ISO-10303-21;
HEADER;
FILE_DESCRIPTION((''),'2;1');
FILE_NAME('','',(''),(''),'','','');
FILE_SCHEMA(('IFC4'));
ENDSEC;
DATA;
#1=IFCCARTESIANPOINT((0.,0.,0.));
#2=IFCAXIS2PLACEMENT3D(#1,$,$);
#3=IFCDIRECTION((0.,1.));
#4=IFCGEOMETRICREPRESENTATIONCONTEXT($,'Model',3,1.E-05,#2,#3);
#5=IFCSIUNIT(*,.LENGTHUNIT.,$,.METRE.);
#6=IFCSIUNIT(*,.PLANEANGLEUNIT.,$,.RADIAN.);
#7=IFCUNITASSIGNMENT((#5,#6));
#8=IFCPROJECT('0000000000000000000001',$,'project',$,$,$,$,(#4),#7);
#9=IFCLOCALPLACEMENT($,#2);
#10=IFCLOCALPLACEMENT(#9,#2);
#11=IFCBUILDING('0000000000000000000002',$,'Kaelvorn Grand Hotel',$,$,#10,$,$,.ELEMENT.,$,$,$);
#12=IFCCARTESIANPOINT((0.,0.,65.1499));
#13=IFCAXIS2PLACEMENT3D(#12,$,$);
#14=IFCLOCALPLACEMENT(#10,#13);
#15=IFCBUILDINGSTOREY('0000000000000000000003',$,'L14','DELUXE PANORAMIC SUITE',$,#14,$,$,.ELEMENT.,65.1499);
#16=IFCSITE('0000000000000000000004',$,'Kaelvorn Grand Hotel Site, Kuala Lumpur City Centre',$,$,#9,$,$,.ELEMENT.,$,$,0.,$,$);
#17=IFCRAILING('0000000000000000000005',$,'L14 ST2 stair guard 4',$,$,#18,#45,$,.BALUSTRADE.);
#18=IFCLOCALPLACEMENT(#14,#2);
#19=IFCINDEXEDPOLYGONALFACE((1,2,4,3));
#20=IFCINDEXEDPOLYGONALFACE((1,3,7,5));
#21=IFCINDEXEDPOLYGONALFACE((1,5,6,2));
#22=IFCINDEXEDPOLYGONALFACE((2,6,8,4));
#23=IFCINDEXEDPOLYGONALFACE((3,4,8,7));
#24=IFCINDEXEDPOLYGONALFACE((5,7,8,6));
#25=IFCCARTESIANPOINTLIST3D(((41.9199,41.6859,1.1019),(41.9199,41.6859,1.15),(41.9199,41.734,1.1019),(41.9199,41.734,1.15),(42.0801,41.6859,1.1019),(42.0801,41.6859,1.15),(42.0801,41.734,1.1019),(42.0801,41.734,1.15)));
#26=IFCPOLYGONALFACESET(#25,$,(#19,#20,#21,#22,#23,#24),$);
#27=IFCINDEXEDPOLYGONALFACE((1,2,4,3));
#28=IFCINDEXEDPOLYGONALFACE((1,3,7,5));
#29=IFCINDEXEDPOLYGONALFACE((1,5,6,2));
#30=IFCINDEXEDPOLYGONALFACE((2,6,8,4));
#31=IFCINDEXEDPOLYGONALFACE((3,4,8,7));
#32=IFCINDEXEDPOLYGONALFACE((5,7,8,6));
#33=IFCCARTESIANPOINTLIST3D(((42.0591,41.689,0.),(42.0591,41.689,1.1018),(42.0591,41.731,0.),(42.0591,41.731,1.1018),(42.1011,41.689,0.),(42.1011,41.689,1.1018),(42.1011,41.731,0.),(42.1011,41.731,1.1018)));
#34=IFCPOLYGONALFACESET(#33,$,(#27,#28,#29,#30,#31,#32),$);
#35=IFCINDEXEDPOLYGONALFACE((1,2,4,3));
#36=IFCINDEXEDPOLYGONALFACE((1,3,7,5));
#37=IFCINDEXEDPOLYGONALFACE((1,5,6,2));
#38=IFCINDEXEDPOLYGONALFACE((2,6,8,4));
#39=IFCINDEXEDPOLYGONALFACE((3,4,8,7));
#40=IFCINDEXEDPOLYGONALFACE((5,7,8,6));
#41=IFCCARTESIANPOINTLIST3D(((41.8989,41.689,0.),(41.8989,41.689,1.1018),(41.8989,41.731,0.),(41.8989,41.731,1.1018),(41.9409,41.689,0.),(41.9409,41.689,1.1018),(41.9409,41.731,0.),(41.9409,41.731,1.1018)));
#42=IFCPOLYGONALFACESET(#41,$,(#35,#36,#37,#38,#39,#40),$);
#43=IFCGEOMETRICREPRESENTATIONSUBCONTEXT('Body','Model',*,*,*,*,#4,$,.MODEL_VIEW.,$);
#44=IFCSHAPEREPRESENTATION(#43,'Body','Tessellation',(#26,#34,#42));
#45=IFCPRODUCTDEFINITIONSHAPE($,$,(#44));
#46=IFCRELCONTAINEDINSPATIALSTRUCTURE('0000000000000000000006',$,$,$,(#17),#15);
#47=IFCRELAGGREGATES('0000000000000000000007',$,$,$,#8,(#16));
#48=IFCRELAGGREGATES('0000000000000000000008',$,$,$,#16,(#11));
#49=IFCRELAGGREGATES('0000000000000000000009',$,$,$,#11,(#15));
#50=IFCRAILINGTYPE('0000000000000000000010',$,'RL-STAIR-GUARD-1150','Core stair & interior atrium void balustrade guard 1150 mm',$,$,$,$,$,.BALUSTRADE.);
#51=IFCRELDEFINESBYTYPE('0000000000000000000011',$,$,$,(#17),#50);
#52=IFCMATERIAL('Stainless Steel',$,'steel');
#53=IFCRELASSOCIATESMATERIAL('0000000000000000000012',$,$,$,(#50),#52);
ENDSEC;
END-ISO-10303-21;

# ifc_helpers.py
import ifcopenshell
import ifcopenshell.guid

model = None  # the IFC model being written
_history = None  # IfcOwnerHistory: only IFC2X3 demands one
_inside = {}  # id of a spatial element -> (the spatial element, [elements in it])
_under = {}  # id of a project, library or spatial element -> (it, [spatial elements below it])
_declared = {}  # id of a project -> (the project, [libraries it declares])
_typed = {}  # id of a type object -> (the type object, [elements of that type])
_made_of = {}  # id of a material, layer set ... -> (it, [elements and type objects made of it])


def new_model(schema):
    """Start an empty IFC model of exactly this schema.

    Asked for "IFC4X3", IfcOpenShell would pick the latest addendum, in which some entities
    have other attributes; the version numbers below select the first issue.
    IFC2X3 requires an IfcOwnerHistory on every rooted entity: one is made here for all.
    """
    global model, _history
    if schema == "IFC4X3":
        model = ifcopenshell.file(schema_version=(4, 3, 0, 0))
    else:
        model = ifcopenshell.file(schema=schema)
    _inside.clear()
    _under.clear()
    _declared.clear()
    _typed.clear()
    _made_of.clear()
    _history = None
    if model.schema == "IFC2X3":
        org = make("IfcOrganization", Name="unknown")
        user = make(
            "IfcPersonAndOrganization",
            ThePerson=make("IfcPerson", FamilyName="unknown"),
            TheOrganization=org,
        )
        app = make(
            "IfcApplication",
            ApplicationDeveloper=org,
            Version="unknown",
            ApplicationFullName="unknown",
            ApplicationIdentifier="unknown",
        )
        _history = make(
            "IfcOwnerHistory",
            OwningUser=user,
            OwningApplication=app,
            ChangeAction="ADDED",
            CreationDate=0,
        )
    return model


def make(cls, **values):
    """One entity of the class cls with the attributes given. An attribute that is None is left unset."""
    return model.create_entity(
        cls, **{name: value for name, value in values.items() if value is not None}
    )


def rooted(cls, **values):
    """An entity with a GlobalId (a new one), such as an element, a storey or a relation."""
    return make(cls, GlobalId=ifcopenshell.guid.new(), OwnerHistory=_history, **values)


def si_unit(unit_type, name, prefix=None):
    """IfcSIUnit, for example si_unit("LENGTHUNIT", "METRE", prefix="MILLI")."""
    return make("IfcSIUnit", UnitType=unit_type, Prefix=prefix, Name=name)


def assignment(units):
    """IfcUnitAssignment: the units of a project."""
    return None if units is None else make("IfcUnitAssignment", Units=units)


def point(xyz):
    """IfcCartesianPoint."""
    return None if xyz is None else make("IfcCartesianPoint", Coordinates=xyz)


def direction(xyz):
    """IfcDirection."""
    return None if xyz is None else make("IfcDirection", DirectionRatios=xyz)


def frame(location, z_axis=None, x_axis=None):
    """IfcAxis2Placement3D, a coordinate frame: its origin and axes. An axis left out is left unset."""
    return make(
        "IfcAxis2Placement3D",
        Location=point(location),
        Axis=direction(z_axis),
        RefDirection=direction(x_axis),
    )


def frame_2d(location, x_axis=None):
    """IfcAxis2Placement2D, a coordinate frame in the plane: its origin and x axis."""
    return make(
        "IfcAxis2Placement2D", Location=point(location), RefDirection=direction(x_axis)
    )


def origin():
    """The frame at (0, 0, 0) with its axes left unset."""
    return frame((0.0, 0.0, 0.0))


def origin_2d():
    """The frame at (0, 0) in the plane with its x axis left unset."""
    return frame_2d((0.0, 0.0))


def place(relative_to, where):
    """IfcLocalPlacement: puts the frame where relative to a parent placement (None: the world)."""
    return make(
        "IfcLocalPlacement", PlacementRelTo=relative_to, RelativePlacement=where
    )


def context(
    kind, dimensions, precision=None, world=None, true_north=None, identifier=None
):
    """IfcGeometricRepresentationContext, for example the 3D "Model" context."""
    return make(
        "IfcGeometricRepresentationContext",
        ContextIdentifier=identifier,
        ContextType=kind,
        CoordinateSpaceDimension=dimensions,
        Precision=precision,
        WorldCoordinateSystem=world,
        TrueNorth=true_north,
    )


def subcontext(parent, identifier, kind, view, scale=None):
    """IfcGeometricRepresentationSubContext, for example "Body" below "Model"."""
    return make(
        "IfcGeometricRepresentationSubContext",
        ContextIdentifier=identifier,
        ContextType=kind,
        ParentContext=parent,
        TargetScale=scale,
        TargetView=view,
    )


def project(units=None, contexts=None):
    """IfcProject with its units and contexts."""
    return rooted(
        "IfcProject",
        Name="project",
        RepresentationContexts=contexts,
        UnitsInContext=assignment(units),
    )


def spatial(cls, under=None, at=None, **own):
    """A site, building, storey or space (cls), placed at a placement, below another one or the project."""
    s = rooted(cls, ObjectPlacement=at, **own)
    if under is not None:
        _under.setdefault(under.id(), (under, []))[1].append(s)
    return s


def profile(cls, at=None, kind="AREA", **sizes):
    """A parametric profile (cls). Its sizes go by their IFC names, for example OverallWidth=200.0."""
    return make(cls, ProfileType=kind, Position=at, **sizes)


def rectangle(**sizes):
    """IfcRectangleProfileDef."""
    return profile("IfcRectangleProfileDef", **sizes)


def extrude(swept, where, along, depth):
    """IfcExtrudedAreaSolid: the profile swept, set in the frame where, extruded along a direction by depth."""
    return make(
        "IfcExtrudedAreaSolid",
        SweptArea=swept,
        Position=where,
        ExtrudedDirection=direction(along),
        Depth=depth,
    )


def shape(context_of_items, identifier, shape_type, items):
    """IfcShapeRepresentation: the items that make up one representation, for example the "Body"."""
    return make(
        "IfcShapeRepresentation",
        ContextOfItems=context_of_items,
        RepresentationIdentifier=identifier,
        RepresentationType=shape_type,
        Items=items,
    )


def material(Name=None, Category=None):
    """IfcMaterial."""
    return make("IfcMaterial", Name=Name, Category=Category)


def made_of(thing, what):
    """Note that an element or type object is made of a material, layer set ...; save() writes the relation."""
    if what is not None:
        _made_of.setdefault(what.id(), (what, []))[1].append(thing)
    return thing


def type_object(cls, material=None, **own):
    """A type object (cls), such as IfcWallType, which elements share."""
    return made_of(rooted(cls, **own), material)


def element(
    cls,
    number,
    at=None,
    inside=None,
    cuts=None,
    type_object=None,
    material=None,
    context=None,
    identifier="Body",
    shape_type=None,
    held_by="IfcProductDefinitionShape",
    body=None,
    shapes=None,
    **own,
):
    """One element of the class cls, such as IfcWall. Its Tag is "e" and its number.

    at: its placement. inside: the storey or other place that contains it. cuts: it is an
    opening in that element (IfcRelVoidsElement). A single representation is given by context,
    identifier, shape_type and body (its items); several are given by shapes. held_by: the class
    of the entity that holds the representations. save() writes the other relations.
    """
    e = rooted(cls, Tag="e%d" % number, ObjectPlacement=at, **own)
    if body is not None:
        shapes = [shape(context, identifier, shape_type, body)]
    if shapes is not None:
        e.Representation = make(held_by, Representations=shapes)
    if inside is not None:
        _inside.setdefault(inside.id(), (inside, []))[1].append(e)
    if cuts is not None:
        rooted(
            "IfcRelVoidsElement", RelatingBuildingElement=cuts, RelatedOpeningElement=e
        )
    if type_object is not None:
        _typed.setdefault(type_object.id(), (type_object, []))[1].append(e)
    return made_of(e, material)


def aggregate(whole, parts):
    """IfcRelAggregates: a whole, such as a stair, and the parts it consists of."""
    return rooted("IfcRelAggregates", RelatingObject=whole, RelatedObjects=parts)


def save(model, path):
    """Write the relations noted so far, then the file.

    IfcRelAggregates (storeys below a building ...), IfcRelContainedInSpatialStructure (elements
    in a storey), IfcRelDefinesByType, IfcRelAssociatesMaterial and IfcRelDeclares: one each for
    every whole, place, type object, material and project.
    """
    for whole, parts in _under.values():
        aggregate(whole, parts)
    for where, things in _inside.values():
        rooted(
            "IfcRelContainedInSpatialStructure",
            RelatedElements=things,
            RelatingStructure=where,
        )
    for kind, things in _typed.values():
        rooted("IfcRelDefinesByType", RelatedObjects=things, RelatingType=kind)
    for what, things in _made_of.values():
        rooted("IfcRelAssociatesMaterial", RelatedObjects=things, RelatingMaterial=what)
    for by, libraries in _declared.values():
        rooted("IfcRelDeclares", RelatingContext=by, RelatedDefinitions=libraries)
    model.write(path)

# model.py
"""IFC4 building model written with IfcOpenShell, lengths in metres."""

from ifc_helpers import new_model, si_unit, direction, frame, origin, origin_2d, place, context, subcontext, project, spatial, rectangle, extrude, material, type_object, element, save


model = new_model("IFC4")

# Units and contexts
model_context = context("Model", 3, precision=1e-05, world=origin(), true_north=direction((0.0, 1.0)))
body_context = subcontext(model_context, "Body", "Model", "MODEL_VIEW")
ifc_project = project(units=[si_unit("LENGTHUNIT", "METRE"), si_unit("PLANEANGLEUNIT", "RADIAN")], contexts=[model_context])

# Site, building, storey
site_placement = place(None, origin())
site = spatial("IfcSite", under=ifc_project, at=site_placement, Name="Kaelvorn Grand Hotel Site, Kuala Lumpur City Centre", CompositionType="ELEMENT", RefElevation=0.0)
building_placement = place(site_placement, origin())
building = spatial("IfcBuilding", under=site, at=building_placement, Name="Kaelvorn Grand Hotel", CompositionType="ELEMENT")
storey_placement = place(building_placement, frame((0.0, 0.0, 65.1499)))
storey = spatial("IfcBuildingStorey", under=building, at=storey_placement, Name="L14", Description="DELUXE PANORAMIC SUITE", CompositionType="ELEMENT", Elevation=65.1499)

# Shared definitions
ifc_material_1 = material(Name="Stainless Steel", Category="steel")

# Railing
railing_type_1 = type_object("IfcRailingType", Name="RL-STAIR-GUARD-1150", Description="Core stair & interior atrium void balustrade guard 1150 mm", PredefinedType="BALUSTRADE", material=ifc_material_1)
railing_1_placement = place(storey_placement, frame((42.0801, 41.71, 0.0)))
element("IfcRailing", 1, at=railing_1_placement, inside=storey, type_object=railing_type_1, Name="L14 ST2 stair guard 4", PredefinedType="BALUSTRADE", context=body_context, shape_type="SweptSolid", body=[
    extrude(rectangle(XDim=0.0481, YDim=0.0481, at=origin_2d()), frame((0.0, 0.0, 1.126), z_axis=(-1.0, 0.0, 0.0), x_axis=(0.0, -1.0, 0.0)), (0.0, 0.0, 1.0), 0.1602),
    extrude(rectangle(XDim=0.042, YDim=0.042, at=origin_2d()), origin(), (0.0, 0.0, 1.0), 1.1018),
    extrude(rectangle(XDim=0.042, YDim=0.042, at=origin_2d()), frame((-0.1602, 0.0, 0.0)), (0.0, 0.0, 1.0), 1.1018),
])

save(model, "model.ifc")
